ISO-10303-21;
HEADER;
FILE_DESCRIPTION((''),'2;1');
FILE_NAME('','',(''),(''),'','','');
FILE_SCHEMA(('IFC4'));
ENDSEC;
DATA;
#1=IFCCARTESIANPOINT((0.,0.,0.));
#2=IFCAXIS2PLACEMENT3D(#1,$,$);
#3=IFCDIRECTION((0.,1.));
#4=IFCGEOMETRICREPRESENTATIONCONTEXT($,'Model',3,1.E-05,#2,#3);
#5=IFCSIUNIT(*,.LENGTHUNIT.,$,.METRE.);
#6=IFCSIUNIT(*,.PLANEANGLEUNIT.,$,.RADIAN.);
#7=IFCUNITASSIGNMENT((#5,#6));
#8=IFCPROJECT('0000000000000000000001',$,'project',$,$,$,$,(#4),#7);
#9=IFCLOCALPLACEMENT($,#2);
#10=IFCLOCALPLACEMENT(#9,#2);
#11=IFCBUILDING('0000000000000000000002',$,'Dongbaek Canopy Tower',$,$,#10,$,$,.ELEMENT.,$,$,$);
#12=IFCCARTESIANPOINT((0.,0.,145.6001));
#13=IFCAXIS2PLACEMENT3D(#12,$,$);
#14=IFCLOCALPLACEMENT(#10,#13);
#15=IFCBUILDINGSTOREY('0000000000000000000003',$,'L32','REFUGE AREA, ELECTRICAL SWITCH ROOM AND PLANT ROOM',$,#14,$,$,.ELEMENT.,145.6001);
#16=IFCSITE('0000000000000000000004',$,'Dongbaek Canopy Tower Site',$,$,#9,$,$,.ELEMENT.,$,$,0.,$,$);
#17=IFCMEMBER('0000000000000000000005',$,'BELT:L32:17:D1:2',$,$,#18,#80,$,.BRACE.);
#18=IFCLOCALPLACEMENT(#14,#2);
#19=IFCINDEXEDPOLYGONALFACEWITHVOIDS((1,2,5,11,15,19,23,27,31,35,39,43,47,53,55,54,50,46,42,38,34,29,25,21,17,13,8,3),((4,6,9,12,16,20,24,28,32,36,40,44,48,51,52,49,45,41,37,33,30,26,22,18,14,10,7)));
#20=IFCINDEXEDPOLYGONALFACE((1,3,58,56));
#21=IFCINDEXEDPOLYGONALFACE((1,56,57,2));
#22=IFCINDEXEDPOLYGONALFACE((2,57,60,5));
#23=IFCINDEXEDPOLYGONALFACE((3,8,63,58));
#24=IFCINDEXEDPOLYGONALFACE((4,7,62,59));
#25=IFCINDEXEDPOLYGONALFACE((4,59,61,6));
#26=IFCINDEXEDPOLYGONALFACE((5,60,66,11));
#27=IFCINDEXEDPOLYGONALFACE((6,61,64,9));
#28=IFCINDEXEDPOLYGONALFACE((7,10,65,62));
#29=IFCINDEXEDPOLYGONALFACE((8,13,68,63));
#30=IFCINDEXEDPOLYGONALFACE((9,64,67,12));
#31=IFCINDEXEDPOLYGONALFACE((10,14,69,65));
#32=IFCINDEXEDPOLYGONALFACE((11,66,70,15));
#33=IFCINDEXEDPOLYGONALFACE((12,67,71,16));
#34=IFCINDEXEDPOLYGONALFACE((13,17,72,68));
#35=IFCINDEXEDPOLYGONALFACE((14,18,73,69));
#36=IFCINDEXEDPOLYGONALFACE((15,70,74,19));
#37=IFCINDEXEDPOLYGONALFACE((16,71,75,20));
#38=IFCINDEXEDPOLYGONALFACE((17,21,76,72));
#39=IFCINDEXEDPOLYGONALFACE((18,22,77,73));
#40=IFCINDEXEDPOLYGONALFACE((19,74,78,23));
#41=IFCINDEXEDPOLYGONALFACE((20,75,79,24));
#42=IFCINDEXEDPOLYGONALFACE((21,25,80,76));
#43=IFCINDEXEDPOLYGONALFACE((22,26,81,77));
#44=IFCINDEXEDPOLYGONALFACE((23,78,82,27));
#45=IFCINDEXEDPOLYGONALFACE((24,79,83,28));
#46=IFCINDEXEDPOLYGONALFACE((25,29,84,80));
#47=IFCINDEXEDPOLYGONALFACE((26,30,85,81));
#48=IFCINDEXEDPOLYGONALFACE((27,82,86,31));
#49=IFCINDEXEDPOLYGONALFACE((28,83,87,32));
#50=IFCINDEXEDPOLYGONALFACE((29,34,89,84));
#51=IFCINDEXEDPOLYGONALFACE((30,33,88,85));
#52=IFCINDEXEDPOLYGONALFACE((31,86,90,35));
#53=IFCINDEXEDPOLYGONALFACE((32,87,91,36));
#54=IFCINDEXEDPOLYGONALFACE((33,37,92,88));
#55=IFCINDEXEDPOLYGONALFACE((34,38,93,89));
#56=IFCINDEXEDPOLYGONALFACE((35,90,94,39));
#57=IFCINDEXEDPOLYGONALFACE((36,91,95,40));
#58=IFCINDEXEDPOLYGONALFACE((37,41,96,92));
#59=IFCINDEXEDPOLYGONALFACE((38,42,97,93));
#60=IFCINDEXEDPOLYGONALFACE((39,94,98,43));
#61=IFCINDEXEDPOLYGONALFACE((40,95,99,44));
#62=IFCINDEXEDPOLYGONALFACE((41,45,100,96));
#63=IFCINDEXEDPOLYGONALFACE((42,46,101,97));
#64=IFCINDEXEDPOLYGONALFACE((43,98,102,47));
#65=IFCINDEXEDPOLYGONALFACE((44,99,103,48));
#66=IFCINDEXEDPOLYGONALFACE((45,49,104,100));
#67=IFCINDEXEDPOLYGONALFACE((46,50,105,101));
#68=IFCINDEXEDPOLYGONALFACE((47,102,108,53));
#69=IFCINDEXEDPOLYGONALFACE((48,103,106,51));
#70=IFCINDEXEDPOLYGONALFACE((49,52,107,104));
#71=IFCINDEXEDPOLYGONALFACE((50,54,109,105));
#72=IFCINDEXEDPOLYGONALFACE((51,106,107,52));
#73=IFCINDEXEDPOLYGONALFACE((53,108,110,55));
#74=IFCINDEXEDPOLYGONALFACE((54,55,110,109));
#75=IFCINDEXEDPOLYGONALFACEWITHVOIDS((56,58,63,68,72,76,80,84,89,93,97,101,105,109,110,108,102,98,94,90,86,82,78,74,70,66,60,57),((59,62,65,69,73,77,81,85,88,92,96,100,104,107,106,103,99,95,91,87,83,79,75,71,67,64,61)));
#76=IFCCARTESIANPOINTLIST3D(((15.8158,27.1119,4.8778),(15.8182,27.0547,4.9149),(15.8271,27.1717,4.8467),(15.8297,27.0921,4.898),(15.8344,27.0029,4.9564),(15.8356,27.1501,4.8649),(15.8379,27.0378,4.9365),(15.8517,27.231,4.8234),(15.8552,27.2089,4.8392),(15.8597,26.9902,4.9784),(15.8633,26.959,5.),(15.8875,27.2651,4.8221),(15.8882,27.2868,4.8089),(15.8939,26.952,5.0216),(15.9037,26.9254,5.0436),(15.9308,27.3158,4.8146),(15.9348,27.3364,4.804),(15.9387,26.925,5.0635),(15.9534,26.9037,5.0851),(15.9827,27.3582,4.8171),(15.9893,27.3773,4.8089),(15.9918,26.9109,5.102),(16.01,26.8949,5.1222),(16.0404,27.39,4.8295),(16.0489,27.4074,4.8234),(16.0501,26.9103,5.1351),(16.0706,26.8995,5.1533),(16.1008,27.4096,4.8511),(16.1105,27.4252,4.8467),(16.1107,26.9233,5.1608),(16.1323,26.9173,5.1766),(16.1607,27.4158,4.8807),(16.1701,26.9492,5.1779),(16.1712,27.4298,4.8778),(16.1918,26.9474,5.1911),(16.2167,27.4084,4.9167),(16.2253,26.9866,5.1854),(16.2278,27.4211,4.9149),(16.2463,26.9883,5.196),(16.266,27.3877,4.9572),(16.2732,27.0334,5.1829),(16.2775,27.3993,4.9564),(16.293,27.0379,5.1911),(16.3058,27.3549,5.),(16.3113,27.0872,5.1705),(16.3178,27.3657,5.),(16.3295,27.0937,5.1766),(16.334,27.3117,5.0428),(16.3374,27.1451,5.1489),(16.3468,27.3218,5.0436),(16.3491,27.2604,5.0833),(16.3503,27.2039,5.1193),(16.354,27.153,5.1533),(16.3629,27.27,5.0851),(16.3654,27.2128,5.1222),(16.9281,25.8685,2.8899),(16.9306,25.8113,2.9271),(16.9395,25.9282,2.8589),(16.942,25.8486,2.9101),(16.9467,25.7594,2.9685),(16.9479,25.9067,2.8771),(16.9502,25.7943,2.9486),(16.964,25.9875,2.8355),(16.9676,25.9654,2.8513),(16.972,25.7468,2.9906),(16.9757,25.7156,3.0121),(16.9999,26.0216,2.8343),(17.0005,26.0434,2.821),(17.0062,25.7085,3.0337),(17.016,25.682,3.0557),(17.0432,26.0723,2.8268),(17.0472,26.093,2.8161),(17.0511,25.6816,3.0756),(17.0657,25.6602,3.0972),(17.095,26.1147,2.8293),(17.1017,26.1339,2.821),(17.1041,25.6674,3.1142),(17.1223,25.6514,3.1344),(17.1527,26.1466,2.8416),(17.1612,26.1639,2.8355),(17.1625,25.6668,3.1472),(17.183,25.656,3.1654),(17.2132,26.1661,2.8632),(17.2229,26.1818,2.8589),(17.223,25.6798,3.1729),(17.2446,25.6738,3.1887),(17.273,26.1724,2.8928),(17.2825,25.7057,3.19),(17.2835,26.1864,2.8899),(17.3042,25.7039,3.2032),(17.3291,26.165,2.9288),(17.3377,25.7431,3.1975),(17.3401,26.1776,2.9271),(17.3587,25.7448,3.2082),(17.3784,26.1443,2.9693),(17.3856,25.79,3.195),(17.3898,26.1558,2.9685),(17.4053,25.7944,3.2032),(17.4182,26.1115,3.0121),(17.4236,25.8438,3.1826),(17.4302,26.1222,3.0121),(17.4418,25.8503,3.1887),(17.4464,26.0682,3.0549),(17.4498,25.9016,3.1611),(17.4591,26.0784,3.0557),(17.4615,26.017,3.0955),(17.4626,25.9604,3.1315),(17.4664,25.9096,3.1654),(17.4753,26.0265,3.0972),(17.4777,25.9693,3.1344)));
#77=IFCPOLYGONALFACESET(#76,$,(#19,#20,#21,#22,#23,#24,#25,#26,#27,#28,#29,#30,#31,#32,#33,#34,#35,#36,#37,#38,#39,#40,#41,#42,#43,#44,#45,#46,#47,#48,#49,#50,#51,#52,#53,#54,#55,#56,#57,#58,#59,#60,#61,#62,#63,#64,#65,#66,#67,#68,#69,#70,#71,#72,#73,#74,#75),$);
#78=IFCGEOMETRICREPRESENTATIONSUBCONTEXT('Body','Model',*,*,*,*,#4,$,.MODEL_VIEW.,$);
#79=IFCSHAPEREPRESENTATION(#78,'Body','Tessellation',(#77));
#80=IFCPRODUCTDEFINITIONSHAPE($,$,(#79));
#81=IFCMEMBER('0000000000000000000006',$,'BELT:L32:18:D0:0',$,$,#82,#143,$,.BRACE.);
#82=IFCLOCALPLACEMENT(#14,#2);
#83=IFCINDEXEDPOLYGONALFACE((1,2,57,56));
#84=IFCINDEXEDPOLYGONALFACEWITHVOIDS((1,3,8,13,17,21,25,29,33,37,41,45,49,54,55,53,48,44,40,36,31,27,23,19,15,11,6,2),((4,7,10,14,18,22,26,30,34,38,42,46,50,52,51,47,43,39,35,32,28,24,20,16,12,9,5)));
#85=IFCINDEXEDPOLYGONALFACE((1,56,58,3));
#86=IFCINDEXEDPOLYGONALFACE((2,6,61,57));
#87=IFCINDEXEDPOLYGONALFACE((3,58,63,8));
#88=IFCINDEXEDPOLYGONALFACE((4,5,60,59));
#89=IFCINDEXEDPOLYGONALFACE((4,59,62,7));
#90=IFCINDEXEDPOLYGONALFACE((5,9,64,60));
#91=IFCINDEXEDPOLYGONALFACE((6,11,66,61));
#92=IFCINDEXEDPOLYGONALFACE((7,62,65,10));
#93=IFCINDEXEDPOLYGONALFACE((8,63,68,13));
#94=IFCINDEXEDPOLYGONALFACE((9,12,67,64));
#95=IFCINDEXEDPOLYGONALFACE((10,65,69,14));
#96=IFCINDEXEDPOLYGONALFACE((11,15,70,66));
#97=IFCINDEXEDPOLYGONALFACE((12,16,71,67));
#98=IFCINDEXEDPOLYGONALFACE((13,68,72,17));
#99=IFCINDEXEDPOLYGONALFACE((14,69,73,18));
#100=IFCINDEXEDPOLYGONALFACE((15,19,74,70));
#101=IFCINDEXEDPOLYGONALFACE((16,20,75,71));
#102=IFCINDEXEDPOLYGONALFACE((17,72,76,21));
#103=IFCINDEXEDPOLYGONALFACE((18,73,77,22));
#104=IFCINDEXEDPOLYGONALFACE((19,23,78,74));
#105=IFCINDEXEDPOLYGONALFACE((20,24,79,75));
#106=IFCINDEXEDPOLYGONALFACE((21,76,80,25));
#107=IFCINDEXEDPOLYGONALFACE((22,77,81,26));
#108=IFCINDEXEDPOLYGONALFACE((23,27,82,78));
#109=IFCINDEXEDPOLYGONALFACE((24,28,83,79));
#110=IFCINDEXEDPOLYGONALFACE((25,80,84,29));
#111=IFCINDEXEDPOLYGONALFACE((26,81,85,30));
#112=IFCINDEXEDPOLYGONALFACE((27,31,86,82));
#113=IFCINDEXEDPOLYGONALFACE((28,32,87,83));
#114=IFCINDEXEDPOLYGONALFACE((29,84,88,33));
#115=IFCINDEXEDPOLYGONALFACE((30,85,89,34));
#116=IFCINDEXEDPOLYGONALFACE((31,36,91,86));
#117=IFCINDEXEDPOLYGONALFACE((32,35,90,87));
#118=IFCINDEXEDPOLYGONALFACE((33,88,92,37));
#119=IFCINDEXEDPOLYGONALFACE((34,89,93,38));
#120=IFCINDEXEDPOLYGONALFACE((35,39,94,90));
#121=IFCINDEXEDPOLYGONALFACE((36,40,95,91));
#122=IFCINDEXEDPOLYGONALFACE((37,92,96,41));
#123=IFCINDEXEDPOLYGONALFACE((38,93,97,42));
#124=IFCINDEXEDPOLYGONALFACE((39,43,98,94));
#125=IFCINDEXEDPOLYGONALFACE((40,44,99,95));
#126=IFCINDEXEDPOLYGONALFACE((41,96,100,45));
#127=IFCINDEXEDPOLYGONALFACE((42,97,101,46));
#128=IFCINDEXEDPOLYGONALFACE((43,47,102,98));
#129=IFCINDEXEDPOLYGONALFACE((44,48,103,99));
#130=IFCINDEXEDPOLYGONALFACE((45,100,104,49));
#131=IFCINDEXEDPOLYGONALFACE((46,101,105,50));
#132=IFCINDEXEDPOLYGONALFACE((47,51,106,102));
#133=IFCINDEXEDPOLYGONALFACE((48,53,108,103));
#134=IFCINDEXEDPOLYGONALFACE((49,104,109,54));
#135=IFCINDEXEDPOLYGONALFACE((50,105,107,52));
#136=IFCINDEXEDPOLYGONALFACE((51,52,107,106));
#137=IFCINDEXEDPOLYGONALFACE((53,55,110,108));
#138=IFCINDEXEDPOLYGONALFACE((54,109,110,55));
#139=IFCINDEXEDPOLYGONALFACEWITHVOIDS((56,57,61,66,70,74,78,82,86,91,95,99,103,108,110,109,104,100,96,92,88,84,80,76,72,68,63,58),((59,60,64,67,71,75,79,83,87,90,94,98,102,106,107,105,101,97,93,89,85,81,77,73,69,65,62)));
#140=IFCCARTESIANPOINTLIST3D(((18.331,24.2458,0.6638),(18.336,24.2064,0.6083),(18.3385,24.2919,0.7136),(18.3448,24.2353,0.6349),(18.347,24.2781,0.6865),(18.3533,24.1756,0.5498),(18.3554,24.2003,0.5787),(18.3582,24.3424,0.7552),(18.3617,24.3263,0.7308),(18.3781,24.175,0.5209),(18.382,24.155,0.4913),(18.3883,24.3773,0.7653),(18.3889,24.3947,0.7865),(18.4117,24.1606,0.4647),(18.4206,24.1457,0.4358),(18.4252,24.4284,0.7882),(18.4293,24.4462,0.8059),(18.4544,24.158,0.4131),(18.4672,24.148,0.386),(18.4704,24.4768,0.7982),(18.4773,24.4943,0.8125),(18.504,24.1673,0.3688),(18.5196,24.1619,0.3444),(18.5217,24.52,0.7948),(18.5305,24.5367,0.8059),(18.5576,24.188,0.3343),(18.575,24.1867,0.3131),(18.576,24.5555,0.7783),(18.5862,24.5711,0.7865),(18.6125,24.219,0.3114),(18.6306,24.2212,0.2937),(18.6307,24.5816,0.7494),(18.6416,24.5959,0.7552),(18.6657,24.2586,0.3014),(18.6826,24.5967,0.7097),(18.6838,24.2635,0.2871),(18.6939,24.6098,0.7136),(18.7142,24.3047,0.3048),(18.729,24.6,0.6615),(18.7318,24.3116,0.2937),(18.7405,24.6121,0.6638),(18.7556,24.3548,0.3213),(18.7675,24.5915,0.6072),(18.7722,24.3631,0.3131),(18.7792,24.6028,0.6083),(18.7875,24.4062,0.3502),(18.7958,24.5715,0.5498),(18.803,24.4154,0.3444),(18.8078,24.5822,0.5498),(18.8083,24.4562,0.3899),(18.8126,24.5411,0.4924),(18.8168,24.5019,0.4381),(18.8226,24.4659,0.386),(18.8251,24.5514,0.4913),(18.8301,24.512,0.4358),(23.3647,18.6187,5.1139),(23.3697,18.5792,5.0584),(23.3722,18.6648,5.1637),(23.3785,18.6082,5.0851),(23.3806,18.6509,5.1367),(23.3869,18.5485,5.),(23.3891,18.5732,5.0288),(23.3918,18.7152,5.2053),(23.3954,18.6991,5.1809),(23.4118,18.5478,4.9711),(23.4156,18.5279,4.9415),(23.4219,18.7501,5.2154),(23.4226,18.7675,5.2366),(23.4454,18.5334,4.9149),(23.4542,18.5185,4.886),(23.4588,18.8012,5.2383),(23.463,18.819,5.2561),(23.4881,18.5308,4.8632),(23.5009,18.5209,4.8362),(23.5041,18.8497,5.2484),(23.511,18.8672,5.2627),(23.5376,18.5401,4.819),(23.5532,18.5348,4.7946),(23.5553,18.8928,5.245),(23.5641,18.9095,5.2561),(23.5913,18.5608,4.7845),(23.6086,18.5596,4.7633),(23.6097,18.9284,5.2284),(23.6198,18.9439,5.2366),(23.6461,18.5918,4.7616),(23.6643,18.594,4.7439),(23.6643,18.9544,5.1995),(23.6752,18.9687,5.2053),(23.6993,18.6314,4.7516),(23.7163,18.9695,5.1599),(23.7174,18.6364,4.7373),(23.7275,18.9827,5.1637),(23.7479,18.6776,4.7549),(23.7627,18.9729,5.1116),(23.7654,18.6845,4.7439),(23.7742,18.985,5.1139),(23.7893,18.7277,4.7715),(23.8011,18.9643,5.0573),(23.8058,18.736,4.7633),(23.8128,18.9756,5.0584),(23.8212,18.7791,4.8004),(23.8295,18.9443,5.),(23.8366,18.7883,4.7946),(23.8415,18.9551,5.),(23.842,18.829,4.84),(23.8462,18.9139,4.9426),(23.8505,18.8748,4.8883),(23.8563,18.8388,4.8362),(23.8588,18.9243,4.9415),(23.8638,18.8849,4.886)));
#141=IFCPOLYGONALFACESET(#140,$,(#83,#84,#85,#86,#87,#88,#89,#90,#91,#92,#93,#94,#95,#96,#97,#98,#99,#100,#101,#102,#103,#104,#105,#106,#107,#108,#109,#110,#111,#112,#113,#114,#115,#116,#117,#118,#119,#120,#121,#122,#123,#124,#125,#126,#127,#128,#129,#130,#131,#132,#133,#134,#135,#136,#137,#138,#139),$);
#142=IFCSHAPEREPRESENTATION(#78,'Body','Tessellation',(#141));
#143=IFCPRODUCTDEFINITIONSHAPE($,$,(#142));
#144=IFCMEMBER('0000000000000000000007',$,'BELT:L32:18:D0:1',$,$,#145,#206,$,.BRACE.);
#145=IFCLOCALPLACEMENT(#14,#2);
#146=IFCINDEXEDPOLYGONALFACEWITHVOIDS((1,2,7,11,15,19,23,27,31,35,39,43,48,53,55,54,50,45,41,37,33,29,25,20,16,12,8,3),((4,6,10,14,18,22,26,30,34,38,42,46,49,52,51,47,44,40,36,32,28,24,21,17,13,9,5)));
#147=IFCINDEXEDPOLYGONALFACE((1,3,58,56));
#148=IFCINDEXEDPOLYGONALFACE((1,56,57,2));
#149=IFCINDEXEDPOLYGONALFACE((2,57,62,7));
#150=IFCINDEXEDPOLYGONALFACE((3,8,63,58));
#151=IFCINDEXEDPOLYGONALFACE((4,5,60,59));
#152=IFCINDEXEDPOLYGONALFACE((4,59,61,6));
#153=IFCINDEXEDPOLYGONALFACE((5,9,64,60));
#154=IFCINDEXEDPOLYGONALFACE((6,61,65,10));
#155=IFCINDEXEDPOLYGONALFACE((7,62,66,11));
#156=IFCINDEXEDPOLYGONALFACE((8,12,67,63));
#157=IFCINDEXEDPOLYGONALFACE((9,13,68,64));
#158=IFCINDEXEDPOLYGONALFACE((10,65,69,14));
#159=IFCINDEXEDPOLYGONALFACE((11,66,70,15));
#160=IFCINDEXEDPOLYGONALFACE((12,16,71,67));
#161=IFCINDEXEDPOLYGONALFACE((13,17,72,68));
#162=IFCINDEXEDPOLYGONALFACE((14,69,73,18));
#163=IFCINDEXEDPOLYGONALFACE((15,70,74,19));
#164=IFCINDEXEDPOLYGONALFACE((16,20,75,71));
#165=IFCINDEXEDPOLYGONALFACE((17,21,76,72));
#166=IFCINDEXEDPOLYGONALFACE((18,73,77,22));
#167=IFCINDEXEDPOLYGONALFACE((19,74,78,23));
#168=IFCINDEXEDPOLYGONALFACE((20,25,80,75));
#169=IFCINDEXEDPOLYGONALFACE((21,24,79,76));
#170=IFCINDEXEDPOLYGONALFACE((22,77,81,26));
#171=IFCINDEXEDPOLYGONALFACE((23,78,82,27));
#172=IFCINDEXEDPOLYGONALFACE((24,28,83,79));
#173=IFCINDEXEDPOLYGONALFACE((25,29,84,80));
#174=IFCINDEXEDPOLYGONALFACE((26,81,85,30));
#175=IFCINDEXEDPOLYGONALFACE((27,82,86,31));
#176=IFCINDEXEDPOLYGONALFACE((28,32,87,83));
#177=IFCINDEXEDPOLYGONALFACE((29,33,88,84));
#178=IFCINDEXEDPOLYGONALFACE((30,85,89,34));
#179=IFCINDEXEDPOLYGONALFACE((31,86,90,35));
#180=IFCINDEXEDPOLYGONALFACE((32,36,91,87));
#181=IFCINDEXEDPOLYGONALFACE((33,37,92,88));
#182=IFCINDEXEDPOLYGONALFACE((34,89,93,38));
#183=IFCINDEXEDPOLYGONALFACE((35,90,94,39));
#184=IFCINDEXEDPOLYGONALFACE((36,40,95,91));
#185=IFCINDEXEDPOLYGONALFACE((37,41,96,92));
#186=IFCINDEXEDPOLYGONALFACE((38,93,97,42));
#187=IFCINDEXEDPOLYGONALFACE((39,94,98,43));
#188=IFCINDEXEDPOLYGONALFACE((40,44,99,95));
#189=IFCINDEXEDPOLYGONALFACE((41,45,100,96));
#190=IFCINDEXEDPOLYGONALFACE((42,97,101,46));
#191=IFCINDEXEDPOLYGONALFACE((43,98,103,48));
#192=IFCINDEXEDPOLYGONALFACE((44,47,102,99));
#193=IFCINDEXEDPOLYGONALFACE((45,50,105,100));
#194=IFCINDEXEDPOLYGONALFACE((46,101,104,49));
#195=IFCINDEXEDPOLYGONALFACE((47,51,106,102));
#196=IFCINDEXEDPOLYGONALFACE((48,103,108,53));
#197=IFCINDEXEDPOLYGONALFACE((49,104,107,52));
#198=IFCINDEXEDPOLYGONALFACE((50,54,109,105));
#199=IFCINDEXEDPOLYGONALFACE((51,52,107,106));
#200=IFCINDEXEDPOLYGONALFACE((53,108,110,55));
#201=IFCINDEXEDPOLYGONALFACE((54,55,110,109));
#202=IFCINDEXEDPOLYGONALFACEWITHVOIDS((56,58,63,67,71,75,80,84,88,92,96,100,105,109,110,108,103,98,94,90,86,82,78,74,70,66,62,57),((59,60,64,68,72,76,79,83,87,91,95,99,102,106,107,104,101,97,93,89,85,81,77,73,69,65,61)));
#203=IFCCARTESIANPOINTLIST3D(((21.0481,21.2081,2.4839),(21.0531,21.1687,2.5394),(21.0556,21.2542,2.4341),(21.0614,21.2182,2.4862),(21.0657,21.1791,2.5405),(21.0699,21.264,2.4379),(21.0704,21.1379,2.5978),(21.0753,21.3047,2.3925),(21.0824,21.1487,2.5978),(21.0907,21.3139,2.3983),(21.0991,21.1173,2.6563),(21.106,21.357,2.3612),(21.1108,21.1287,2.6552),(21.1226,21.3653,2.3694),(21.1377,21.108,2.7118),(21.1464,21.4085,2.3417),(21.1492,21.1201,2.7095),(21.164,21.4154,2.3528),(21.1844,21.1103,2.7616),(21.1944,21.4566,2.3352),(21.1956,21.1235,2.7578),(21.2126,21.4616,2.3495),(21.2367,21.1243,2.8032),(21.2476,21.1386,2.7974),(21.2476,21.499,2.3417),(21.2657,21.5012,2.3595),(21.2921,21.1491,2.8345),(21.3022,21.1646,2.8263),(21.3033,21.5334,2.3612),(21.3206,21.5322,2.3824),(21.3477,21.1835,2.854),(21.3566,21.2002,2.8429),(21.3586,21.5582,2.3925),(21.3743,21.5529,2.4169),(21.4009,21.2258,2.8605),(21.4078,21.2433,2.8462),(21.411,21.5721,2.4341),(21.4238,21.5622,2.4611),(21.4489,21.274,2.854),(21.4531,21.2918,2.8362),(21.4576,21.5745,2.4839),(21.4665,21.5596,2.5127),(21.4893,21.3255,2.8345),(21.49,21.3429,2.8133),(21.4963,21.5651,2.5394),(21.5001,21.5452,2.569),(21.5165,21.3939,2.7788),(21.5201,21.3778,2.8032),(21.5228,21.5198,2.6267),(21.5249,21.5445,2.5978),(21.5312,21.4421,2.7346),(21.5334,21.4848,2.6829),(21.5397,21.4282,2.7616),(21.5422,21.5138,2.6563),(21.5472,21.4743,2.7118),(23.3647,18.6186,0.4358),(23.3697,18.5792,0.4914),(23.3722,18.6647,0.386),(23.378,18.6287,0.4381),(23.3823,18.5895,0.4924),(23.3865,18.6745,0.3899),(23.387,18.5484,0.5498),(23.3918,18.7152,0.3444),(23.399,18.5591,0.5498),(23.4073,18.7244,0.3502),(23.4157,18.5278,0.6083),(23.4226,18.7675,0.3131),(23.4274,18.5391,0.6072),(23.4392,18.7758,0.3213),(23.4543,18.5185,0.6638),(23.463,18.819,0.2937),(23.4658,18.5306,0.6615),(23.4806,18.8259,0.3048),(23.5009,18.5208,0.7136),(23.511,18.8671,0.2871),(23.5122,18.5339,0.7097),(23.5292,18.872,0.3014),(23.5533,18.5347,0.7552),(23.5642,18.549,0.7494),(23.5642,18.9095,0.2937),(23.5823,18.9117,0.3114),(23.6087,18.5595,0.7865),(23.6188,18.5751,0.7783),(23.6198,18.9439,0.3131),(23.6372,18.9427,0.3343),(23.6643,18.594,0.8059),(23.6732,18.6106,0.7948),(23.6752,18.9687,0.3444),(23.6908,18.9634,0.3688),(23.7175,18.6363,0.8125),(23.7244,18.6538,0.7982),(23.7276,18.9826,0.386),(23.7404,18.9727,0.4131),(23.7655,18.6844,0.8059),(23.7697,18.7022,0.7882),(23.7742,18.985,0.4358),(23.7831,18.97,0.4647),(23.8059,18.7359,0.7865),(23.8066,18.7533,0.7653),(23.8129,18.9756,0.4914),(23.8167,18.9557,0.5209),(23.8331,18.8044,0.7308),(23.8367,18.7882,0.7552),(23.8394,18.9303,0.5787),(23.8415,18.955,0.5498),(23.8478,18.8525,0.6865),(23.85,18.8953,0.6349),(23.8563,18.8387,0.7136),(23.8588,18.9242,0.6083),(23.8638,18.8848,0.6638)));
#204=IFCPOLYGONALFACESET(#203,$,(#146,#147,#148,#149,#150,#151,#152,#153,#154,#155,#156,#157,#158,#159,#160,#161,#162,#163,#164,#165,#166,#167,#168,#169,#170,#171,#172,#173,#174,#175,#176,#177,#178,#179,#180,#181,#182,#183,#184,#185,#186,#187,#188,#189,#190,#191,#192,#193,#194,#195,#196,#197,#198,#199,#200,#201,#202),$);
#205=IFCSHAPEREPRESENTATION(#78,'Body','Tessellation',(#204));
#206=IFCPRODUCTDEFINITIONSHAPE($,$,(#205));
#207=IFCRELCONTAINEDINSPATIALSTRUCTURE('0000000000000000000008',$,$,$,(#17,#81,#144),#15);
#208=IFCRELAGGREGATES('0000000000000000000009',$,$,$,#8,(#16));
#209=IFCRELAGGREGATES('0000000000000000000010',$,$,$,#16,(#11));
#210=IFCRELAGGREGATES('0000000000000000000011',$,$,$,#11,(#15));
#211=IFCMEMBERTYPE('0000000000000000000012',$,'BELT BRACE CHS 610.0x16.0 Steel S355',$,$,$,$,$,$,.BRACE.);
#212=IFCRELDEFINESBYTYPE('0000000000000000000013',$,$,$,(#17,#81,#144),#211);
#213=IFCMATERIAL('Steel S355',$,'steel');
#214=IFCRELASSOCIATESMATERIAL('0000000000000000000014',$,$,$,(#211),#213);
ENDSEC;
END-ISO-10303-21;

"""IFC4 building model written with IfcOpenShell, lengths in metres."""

from ifc_helpers import new_model, si_unit, direction, frame, origin, origin_2d, place, context, subcontext, project, spatial, hollow_circle, extrude, material, material_profile, profile_set, type_object, element, save


model = new_model("IFC4")

# Units and contexts
model_context = context("Model", 3, precision=1e-05, world=origin(), true_north=direction((0.0, 1.0)))
body_context = subcontext(model_context, "Body", "Model", "MODEL_VIEW")
ifc_project = project(units=[si_unit("LENGTHUNIT", "METRE"), si_unit("PLANEANGLEUNIT", "RADIAN")], contexts=[model_context])

# Site, building, storey
site_placement = place(None, origin())
site = spatial("IfcSite", under=ifc_project, at=site_placement, Name="Dongbaek Canopy Tower Site", CompositionType="ELEMENT", RefElevation=0.0)
building_placement = place(site_placement, origin())
building = spatial("IfcBuilding", under=site, at=building_placement, Name="Dongbaek Canopy Tower", CompositionType="ELEMENT")
storey_placement = place(building_placement, frame((0.0, 0.0, 145.6001)))
storey = spatial("IfcBuildingStorey", under=building, at=storey_placement, Name="L32", Description="REFUGE AREA, ELECTRICAL SWITCH ROOM AND PLANT ROOM", CompositionType="ELEMENT", Elevation=145.6001)

# Members
ifc_material_1 = material(Name="Steel S355", Category="steel")
ifc_material_profile_1 = material_profile(ifc_material_1, hollow_circle(Radius=0.3049, WallThickness=0.0161, at=origin_2d()), Name="BELT BRACE CHS 610.0x16.0 Steel S355")
ifc_profile_set_1 = profile_set([ifc_material_profile_1], Name="Steel S355")
member_type_1 = type_object("IfcMemberType", Name="BELT BRACE CHS 610.0x16.0 Steel S355", PredefinedType="BRACE", material=ifc_profile_set_1)
for number, where, z_axis, x_axis, name in (
    (1, (16.0906, 27.1624, 5.0), (0.428615, -0.479135, -0.765976), (0.745306, 0.666722, 0.0), "BELT:L32:17:D1:2"),
):
    element("IfcMember", number, at=place(storey_placement, frame(where, z_axis=z_axis, x_axis=x_axis)), inside=storey, type_object=member_type_1, Name=name, PredefinedType="BRACE", context=body_context, shape_type="SweptSolid", body=[
        extrude(hollow_circle(Radius=0.3049, WallThickness=0.0161, at=origin_2d()), origin(), (0.0, 0.0, 1.0), 2.5952),
    ])
member_1_placement = place(storey_placement, frame((18.5806, 24.3789, 0.5498), z_axis=(0.57436, -0.642081, 0.507781), x_axis=(0.745318, 0.666709, 0.0)))
element("IfcMember", 2, at=member_1_placement, inside=storey, type_object=member_type_1, Name="BELT:L32:18:D0:0", PredefinedType="BRACE", context=body_context, shape_type="SweptSolid", body=[
    extrude(hollow_circle(Radius=0.3049, WallThickness=0.0161, at=origin_2d()), origin(), (0.0, 0.0, 1.0), 8.7639),
])
member_2_placement = place(storey_placement, frame((23.6143, 18.7517, 0.5498), z_axis=(-0.574379, 0.642053, 0.507795), x_axis=(-0.745293, -0.666737, 0.0)))
element("IfcMember", 3, at=member_2_placement, inside=storey, type_object=member_type_1, Name="BELT:L32:18:D0:1", PredefinedType="BRACE", context=body_context, shape_type="SweptSolid", body=[
    extrude(hollow_circle(Radius=0.3049, WallThickness=0.0161, at=origin_2d()), origin(), (0.0, 0.0, 1.0), 4.0332),
])

save(model, "model.ifc")
